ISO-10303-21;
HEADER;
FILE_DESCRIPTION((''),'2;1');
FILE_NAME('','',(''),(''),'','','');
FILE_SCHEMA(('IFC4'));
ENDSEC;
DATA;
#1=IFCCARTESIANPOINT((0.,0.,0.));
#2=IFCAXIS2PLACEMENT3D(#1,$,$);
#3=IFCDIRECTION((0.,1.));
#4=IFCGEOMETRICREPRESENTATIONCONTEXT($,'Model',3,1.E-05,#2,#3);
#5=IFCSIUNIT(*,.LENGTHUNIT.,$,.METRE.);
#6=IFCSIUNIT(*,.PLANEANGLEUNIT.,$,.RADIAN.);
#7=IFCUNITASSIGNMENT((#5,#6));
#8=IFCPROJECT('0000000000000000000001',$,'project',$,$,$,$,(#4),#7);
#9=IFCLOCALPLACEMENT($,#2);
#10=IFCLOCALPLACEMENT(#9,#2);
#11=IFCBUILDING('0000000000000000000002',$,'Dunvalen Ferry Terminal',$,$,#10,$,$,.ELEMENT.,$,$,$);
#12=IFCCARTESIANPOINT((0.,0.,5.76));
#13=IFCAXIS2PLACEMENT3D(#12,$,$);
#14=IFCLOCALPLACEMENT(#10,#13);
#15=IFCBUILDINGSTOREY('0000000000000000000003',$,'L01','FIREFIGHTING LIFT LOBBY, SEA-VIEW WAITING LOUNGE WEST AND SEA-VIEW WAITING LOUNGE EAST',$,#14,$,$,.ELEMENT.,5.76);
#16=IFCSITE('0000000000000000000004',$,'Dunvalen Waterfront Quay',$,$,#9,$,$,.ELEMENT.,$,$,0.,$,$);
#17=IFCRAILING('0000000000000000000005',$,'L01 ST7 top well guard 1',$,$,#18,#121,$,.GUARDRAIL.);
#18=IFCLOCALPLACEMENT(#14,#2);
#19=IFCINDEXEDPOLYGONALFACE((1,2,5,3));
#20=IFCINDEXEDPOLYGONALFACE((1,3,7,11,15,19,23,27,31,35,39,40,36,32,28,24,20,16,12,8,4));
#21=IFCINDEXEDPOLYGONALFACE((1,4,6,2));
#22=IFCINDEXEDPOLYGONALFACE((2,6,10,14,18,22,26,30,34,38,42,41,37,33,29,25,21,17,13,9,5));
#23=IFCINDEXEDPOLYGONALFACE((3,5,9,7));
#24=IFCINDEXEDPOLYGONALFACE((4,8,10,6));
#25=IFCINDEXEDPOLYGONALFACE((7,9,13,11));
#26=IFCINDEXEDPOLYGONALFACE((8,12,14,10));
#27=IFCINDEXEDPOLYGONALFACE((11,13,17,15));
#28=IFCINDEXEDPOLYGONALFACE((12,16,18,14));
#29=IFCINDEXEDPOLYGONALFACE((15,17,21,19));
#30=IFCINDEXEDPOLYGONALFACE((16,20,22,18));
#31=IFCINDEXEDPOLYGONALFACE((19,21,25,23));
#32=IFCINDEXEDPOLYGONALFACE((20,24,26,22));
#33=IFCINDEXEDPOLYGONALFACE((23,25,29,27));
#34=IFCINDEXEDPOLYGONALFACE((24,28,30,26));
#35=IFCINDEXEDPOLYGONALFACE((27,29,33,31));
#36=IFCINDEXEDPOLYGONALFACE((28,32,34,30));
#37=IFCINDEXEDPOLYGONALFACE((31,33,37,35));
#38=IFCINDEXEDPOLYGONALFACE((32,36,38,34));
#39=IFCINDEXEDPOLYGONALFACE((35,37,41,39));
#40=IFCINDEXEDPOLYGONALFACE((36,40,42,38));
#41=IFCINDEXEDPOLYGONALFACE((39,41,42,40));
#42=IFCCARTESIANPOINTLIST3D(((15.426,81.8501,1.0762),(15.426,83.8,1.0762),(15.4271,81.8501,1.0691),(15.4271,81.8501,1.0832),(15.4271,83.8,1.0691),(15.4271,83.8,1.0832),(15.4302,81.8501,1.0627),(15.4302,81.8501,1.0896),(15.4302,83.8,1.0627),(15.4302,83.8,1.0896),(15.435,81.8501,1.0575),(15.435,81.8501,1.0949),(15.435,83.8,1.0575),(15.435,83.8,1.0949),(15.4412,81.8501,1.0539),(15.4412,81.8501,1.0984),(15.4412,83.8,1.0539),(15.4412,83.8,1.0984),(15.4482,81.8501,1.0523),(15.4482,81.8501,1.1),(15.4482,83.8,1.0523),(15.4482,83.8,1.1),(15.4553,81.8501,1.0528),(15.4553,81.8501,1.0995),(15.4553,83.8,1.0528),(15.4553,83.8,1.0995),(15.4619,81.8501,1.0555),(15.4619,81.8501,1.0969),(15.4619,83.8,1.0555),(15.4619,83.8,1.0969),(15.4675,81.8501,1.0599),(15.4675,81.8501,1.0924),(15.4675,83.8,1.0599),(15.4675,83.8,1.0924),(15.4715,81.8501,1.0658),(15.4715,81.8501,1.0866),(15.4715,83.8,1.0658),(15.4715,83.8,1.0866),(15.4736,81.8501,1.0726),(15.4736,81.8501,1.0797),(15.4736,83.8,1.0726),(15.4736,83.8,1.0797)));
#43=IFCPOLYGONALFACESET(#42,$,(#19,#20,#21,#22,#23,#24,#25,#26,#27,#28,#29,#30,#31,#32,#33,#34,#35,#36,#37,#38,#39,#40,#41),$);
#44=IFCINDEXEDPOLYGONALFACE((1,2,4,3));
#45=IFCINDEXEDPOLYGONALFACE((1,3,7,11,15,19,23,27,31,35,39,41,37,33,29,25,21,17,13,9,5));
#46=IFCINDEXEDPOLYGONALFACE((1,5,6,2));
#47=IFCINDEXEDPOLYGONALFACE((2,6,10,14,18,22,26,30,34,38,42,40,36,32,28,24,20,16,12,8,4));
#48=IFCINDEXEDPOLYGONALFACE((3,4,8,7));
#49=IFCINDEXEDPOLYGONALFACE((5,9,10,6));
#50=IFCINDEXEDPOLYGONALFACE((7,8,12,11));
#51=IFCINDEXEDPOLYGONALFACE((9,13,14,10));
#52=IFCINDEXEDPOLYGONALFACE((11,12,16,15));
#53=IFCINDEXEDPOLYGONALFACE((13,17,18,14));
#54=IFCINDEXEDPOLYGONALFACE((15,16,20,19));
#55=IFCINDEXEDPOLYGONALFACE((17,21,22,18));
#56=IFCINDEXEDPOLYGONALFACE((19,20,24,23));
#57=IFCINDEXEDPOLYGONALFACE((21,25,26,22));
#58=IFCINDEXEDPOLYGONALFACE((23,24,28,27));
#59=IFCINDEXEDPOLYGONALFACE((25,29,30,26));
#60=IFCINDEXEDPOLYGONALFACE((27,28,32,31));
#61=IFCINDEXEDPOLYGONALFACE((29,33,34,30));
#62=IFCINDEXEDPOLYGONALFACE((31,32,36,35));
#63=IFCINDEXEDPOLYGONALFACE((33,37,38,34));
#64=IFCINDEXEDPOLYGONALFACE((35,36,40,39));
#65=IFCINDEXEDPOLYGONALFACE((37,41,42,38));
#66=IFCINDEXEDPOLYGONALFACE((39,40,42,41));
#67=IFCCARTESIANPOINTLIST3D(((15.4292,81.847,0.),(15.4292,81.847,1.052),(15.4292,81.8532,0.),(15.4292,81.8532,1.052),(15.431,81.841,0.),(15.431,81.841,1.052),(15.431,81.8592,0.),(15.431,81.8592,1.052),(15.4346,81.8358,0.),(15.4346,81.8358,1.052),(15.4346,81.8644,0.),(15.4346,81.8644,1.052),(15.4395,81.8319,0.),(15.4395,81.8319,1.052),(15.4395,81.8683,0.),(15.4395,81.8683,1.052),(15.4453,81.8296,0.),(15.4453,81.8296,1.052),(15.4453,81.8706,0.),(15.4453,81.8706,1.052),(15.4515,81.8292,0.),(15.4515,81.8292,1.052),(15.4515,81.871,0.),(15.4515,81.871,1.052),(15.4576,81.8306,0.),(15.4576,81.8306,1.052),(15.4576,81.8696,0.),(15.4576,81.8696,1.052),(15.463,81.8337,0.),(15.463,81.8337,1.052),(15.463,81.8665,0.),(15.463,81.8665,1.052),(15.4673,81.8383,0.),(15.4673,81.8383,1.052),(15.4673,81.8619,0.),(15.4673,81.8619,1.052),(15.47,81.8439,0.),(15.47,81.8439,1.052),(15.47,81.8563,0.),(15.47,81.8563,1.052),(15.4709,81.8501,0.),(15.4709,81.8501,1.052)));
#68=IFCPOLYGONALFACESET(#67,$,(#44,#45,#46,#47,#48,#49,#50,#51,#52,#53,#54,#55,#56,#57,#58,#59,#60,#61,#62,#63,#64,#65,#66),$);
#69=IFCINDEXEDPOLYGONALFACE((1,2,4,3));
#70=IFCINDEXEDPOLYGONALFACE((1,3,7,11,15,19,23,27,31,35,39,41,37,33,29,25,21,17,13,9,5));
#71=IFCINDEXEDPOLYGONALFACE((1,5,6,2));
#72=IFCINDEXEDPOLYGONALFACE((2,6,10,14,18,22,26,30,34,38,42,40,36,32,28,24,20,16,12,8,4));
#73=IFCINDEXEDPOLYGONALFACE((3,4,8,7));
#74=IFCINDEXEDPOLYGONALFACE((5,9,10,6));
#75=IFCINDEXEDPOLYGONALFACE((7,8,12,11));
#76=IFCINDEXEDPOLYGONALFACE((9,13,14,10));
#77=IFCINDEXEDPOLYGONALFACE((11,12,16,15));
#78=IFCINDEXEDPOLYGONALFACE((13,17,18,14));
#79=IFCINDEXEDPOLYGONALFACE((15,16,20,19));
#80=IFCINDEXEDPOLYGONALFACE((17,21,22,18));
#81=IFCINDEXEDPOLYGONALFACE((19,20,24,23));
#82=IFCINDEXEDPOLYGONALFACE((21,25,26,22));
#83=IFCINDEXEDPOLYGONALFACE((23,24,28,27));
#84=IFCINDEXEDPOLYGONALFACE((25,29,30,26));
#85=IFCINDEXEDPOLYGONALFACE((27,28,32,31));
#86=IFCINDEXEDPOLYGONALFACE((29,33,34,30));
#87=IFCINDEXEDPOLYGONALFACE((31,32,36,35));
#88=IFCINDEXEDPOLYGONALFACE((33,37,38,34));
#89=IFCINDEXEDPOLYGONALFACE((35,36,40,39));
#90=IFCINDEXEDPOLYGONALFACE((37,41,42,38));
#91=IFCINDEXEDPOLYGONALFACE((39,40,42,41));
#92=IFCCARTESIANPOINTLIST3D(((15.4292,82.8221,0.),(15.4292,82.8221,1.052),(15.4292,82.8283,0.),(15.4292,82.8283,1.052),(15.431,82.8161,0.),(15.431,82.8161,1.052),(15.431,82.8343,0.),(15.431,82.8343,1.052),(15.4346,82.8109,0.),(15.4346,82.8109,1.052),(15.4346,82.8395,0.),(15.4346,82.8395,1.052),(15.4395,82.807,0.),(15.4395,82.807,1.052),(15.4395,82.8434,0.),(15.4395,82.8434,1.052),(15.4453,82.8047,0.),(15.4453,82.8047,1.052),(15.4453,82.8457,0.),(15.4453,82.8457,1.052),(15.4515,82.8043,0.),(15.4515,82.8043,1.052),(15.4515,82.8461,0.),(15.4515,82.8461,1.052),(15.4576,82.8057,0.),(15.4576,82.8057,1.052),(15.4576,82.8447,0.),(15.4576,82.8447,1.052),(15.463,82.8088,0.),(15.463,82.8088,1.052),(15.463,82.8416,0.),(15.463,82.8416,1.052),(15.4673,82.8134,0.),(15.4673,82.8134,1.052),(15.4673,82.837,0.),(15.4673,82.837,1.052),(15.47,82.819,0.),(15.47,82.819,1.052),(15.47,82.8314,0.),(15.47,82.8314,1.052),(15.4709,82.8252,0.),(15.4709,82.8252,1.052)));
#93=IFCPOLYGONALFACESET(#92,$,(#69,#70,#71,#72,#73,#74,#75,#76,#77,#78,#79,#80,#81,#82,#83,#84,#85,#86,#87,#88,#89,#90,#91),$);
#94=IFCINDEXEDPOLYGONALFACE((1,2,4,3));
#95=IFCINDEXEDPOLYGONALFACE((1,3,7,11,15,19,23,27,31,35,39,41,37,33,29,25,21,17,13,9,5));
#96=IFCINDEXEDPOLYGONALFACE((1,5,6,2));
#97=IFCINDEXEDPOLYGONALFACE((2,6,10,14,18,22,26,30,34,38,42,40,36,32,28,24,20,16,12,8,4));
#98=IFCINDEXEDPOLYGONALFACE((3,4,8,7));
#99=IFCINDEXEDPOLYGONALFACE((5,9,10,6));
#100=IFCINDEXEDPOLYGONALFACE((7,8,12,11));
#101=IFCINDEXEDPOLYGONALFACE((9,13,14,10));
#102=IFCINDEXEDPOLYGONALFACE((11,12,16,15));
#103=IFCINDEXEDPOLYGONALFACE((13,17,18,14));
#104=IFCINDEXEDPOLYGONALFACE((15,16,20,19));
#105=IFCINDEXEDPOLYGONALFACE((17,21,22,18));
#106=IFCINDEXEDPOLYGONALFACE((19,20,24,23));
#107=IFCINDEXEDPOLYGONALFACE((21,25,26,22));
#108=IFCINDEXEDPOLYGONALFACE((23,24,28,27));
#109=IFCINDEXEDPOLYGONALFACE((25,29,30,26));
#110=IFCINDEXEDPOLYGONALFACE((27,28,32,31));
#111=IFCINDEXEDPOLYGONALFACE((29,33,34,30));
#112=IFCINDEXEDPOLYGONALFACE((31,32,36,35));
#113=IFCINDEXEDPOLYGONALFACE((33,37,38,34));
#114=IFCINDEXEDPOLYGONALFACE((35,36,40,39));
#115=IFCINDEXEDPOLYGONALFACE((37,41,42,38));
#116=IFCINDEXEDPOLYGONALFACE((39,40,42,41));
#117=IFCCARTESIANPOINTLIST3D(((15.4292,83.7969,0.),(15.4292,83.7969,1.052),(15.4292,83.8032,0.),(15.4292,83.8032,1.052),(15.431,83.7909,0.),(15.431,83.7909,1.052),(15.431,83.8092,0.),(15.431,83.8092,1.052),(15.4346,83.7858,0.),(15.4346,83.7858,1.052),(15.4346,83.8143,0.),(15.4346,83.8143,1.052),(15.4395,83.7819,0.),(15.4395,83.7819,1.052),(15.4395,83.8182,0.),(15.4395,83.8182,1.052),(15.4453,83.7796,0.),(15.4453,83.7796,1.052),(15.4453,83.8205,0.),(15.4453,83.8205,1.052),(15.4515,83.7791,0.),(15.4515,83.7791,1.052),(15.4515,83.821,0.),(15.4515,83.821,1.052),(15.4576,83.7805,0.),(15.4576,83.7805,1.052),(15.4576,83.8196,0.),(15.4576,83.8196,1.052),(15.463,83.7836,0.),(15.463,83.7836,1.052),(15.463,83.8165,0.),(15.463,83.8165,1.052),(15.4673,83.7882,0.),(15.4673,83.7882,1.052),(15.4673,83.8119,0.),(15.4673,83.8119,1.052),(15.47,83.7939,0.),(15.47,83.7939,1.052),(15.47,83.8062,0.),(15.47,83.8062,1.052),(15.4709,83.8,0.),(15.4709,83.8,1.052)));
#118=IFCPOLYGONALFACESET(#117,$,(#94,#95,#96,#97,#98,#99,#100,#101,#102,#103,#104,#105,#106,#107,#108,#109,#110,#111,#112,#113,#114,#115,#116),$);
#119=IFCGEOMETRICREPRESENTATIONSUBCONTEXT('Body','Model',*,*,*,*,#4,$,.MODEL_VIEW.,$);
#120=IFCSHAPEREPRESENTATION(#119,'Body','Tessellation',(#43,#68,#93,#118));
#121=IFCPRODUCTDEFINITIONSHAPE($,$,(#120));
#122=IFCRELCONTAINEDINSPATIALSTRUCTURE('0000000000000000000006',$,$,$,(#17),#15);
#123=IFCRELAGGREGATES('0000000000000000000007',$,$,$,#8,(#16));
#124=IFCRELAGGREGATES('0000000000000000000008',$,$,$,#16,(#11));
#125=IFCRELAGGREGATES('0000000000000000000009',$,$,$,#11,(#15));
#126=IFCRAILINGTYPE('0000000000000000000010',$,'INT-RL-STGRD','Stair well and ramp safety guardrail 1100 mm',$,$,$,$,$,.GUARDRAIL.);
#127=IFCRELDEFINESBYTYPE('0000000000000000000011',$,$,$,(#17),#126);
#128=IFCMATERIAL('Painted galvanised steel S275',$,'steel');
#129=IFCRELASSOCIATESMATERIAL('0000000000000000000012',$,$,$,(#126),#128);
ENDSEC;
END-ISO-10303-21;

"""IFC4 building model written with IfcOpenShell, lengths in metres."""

from ifc_helpers import new_model, si_unit, direction, frame, origin, origin_2d, place, context, subcontext, project, spatial, circle, extrude, material, type_object, element, save


model = new_model("IFC4")

# Units and contexts
model_context = context("Model", 3, precision=1e-05, world=origin(), true_north=direction((0.0, 1.0)))
body_context = subcontext(model_context, "Body", "Model", "MODEL_VIEW")
ifc_project = project(units=[si_unit("LENGTHUNIT", "METRE"), si_unit("PLANEANGLEUNIT", "RADIAN")], contexts=[model_context])

# Site, building, storey
site_placement = place(None, origin())
site = spatial("IfcSite", under=ifc_project, at=site_placement, Name="Dunvalen Waterfront Quay", CompositionType="ELEMENT", RefElevation=0.0)
building_placement = place(site_placement, origin())
building = spatial("IfcBuilding", under=site, at=building_placement, Name="Dunvalen Ferry Terminal", CompositionType="ELEMENT")
storey_placement = place(building_placement, frame((0.0, 0.0, 5.76)))
storey = spatial("IfcBuildingStorey", under=building, at=storey_placement, Name="L01", Description="FIREFIGHTING LIFT LOBBY, SEA-VIEW WAITING LOUNGE WEST AND SEA-VIEW WAITING LOUNGE EAST", CompositionType="ELEMENT", Elevation=5.76)

# Railing
ifc_material_1 = material(Name="Painted galvanised steel S275", Category="steel")
railing_type_1 = type_object("IfcRailingType", Name="INT-RL-STGRD", Description="Stair well and ramp safety guardrail 1100 mm", PredefinedType="GUARDRAIL", material=ifc_material_1)
railing_1_placement = place(storey_placement, frame((15.45, 81.8501, 0.0)))
element("IfcRailing", 1, at=railing_1_placement, inside=storey, type_object=railing_type_1, Name="L01 ST7 top well guard 1", PredefinedType="GUARDRAIL", context=body_context, shape_type="SweptSolid", body=[
    extrude(circle(Radius=0.0239, at=origin_2d()), frame((0.0, 0.0, 1.0762), z_axis=(0.0, 1.0, 0.0), x_axis=(-1.0, 0.0, 0.0)), (0.0, 0.0, 1.0), 1.95),
    extrude(circle(Radius=0.021, at=origin_2d()), origin(), (0.0, 0.0, 1.0), 1.052),
    extrude(circle(Radius=0.021, at=origin_2d()), frame((0.0, 0.9751, 0.0)), (0.0, 0.0, 1.0), 1.052),
    extrude(circle(Radius=0.021, at=origin_2d()), frame((0.0, 1.95, 0.0)), (0.0, 0.0, 1.0), 1.052),
])

save(model, "model.ifc")
